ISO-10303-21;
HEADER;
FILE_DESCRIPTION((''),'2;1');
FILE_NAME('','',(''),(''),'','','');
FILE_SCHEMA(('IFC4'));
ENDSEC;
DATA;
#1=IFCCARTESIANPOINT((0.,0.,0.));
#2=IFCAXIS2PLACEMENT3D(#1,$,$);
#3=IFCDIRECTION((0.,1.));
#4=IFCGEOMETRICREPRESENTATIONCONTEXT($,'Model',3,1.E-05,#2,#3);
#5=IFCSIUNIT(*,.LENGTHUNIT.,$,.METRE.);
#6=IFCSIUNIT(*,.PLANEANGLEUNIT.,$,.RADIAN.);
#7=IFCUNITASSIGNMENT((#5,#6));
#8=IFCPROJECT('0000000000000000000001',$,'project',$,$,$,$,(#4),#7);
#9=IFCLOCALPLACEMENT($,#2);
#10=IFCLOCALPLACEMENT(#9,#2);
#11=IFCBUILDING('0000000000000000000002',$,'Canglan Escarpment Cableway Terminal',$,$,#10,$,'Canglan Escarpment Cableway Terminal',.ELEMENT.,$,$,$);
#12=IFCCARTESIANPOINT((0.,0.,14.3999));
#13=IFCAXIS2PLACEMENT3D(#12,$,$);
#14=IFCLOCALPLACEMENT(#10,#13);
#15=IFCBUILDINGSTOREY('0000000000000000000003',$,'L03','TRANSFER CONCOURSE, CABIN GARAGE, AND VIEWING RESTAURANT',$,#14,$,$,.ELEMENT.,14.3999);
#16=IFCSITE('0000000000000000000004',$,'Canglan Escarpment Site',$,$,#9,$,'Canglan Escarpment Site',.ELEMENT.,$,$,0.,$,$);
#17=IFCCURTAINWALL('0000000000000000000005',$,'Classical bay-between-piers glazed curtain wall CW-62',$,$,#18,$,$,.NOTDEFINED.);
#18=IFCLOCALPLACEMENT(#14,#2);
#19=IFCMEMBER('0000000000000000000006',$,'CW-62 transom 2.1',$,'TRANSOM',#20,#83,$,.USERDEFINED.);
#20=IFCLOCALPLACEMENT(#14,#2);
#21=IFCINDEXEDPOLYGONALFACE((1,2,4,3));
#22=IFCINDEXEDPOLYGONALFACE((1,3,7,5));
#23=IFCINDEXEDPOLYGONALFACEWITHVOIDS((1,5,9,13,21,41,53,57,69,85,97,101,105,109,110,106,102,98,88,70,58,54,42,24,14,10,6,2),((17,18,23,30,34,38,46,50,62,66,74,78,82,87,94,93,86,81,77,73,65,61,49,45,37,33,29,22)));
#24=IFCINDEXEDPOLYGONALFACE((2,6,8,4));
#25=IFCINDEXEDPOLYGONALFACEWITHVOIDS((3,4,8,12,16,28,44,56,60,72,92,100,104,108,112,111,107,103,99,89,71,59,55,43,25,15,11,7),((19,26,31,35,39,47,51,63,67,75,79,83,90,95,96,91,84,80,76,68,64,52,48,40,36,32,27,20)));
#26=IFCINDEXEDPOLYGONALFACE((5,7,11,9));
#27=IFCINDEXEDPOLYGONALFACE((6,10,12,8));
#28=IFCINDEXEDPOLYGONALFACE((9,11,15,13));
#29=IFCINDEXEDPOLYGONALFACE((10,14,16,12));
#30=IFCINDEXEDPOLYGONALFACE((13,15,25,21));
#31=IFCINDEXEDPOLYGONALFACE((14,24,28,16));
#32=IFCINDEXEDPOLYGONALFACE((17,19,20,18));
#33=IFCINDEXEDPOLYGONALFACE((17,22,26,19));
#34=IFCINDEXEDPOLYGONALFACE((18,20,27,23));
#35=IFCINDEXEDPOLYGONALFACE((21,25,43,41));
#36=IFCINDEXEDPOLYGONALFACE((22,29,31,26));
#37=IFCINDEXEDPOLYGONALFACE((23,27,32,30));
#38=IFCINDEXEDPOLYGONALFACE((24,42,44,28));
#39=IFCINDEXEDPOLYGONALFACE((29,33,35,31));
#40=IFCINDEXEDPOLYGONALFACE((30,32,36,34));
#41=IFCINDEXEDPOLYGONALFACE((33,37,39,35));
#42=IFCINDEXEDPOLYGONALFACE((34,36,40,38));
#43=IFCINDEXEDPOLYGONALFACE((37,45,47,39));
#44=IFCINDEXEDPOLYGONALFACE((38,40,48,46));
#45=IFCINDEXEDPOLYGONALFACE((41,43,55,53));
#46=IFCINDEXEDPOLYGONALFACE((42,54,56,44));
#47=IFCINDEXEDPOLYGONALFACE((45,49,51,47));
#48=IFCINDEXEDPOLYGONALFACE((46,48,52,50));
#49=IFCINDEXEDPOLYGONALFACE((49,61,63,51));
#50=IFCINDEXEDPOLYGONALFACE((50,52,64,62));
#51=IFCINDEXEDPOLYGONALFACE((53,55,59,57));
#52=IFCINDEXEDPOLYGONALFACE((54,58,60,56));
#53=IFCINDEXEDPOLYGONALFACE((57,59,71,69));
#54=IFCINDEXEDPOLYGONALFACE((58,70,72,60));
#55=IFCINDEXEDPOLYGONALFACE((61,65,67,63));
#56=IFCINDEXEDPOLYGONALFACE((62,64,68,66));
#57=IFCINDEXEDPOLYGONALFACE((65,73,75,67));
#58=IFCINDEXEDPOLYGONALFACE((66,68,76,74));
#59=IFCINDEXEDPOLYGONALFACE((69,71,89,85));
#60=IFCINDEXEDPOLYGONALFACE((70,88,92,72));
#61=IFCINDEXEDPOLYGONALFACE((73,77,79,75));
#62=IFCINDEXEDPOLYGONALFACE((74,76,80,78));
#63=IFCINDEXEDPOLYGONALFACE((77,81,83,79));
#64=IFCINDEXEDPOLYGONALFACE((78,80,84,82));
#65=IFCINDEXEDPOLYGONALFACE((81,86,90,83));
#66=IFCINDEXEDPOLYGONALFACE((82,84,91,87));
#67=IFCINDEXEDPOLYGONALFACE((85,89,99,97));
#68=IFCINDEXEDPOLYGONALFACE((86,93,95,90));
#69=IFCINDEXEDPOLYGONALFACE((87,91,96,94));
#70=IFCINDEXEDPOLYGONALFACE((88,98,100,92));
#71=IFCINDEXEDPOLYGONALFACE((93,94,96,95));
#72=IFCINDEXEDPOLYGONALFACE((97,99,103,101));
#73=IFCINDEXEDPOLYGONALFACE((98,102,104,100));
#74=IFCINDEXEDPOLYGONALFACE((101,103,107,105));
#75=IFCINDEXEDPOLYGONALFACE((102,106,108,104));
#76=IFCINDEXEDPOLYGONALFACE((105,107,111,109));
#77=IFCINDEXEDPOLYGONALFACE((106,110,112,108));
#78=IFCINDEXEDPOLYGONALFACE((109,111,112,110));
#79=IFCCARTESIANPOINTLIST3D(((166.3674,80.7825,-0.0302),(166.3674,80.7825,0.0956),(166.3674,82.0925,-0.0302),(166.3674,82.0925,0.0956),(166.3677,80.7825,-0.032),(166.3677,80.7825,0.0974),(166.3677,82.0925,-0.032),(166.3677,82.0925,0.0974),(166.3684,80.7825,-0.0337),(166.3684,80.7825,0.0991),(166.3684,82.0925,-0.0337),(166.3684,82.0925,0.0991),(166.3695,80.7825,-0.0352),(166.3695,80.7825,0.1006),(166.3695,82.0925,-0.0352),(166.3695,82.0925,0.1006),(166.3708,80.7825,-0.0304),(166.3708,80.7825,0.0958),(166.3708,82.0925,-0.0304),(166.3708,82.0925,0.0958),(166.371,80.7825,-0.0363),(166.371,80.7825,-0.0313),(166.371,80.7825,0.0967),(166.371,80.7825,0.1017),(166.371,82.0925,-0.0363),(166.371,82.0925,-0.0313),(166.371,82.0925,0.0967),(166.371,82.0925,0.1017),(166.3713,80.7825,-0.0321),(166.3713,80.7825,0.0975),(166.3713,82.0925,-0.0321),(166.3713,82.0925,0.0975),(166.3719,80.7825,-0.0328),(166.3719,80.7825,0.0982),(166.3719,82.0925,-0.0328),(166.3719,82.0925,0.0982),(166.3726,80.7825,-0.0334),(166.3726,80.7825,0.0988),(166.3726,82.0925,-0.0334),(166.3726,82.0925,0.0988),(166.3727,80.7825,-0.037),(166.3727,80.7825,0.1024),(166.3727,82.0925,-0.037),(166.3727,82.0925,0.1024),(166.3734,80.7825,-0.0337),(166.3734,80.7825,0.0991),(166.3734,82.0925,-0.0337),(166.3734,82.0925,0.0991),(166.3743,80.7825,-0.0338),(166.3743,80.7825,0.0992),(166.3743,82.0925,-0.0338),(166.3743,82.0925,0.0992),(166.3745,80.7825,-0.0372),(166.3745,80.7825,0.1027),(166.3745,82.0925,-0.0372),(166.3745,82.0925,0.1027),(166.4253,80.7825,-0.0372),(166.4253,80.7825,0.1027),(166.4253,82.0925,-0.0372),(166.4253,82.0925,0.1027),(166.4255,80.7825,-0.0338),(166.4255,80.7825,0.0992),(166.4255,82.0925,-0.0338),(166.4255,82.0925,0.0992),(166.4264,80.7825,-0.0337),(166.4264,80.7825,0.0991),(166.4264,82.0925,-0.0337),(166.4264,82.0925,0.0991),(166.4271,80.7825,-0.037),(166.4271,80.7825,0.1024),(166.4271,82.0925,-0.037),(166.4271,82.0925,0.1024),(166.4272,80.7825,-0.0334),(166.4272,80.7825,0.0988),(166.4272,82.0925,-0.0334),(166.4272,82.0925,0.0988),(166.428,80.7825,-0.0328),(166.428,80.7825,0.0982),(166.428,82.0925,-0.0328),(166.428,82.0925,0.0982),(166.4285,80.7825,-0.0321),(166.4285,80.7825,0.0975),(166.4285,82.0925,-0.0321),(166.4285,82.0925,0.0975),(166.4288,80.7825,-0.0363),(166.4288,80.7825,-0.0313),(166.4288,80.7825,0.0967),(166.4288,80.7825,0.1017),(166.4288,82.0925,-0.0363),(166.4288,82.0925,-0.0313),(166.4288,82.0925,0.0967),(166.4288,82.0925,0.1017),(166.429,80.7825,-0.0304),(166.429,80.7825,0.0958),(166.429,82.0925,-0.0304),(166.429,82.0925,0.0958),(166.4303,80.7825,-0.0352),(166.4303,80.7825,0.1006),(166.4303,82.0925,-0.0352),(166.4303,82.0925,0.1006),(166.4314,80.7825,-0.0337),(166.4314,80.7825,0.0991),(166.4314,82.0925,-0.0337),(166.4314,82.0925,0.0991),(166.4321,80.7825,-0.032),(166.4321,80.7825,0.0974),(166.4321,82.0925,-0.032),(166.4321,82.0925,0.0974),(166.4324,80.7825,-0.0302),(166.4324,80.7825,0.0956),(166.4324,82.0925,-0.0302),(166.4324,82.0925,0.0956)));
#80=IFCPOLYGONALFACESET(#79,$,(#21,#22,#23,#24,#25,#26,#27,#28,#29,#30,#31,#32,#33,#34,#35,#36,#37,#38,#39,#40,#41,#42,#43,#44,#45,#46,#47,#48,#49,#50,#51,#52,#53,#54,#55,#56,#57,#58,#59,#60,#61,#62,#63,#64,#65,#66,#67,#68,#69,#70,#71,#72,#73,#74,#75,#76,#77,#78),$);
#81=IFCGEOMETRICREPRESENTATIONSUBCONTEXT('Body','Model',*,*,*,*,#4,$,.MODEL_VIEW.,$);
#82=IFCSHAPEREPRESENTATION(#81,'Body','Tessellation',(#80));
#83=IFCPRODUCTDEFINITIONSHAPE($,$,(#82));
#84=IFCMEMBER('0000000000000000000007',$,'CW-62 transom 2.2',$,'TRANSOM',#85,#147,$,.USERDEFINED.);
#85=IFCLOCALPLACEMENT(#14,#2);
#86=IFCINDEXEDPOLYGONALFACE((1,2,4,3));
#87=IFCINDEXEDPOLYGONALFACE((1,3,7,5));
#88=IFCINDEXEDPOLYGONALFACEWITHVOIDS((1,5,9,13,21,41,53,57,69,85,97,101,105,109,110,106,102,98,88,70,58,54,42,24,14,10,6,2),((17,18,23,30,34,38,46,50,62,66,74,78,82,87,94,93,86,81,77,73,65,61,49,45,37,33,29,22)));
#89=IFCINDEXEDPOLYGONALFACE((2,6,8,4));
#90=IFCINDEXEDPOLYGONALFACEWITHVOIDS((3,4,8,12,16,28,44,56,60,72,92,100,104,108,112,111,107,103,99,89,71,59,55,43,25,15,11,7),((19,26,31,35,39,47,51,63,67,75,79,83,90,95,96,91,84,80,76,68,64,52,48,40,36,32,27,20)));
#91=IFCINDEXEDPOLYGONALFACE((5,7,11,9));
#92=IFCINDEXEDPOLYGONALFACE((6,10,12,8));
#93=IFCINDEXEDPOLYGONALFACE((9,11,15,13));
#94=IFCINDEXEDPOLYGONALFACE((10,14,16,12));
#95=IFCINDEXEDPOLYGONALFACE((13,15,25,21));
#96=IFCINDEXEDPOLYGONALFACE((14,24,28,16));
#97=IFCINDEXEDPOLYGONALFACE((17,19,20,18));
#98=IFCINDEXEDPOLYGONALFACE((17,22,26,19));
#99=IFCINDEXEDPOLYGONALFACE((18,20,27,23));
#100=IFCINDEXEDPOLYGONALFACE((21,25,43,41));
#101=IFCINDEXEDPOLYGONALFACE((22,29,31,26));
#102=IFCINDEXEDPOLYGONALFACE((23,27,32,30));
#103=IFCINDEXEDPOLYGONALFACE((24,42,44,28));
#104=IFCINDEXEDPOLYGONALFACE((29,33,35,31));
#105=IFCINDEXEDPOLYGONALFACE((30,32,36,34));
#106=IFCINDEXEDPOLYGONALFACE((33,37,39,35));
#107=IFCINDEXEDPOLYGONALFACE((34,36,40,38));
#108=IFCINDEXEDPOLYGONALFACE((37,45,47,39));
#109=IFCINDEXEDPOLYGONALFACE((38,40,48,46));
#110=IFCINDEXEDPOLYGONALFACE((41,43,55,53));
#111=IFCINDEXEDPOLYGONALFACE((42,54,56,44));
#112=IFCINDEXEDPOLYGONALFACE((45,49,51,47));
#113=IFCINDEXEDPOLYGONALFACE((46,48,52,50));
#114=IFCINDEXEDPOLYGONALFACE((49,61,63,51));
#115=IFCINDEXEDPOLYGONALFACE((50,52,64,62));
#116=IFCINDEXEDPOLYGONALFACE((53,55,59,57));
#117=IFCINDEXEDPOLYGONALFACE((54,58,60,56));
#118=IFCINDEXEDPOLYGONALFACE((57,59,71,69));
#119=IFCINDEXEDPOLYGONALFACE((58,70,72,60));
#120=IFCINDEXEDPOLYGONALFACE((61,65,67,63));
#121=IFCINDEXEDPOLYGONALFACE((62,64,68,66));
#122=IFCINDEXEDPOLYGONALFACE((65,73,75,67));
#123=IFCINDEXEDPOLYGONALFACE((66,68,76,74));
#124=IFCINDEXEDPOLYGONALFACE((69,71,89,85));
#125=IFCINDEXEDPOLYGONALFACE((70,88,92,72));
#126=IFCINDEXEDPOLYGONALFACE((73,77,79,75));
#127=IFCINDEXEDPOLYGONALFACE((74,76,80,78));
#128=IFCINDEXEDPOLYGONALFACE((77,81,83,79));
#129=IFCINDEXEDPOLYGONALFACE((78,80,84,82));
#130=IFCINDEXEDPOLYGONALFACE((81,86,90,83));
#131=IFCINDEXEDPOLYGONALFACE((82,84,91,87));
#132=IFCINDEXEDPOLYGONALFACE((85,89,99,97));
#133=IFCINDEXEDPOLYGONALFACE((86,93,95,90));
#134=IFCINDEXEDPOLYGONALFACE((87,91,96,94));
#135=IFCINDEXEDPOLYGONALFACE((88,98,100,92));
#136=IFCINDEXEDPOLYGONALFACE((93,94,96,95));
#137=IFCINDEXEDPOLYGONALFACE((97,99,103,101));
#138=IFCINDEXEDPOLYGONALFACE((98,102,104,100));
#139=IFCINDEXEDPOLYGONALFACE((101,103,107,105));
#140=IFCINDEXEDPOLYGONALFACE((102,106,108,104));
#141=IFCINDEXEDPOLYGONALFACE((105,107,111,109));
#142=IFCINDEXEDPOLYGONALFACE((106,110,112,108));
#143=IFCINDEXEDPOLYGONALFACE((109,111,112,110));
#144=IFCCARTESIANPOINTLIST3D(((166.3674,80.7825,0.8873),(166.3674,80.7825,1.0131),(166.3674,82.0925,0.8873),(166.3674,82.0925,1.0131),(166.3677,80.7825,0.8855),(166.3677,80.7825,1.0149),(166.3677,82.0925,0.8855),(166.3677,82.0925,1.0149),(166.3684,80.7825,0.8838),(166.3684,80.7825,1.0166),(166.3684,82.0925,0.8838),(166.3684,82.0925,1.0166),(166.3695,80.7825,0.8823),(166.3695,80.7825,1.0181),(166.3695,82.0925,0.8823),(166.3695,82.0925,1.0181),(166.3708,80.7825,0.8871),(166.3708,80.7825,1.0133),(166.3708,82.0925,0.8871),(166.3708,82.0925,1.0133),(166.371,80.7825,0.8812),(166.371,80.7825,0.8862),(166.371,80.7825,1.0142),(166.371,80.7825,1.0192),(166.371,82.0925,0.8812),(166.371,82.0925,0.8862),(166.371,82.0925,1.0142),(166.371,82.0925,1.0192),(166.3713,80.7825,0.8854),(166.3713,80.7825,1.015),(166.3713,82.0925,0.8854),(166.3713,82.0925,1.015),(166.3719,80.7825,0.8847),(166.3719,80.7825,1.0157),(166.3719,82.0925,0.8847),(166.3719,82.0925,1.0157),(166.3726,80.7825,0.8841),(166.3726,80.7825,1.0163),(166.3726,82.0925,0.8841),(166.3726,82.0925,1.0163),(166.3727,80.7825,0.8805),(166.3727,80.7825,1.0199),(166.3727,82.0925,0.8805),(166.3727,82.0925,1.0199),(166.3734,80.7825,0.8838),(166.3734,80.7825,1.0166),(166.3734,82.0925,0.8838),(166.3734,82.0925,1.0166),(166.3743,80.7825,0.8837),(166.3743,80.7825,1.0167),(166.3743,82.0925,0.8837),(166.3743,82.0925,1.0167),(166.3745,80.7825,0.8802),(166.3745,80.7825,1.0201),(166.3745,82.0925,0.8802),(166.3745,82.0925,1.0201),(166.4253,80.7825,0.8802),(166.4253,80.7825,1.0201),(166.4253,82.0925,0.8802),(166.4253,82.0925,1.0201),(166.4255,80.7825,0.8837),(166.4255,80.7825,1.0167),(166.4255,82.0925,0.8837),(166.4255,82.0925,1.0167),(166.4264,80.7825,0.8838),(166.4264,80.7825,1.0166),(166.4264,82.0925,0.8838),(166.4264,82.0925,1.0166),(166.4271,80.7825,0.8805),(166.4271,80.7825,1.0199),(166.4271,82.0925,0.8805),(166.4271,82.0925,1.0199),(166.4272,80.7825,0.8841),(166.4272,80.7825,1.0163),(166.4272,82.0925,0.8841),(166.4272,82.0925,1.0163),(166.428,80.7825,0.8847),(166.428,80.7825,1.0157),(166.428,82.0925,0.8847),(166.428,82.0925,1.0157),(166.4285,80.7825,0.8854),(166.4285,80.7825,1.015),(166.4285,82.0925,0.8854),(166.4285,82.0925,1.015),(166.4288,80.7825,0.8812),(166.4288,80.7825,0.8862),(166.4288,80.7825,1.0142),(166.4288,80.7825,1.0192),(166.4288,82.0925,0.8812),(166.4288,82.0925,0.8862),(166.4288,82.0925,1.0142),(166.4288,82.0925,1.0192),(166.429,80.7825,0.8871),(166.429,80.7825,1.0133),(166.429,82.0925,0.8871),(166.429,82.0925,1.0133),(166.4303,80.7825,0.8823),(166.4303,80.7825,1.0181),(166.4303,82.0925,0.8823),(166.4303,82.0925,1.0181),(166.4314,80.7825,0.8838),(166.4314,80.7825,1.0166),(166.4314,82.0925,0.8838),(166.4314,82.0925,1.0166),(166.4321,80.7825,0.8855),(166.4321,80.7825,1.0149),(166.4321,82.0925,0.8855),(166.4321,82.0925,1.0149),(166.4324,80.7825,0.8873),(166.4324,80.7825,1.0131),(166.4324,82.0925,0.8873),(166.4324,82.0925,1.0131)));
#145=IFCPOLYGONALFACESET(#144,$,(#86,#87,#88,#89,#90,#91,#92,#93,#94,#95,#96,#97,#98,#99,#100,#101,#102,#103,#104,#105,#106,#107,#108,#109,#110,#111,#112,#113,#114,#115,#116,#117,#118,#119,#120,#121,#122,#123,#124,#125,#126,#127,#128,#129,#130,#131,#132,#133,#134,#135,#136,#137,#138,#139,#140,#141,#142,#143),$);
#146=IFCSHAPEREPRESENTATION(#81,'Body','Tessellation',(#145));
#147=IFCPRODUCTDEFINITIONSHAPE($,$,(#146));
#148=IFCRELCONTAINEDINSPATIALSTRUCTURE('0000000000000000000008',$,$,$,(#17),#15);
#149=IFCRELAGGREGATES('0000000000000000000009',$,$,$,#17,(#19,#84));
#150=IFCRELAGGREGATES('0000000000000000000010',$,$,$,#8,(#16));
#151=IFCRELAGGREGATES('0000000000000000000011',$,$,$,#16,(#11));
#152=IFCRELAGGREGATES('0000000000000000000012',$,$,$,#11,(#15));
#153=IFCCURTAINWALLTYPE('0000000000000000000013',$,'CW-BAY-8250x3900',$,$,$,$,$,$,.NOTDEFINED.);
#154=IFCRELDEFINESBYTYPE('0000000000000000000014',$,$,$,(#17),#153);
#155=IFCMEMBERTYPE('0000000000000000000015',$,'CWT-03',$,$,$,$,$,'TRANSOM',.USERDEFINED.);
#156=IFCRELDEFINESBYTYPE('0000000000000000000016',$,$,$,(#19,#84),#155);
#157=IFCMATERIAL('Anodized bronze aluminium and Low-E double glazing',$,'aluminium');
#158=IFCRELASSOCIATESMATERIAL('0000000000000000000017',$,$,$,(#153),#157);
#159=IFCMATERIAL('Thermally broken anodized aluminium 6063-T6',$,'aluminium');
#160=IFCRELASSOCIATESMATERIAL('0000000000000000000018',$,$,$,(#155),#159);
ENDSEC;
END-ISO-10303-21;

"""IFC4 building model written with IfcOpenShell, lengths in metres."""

from ifc_helpers import new_model, si_unit, direction, frame, origin, origin_2d, place, context, subcontext, project, spatial, hollow_rectangle, extrude, material, material_profile, profile_set, type_object, element, aggregate, save


model = new_model("IFC4")

# Units and contexts
model_context = context("Model", 3, precision=1e-05, world=origin(), true_north=direction((0.0, 1.0)))
body_context = subcontext(model_context, "Body", "Model", "MODEL_VIEW")
ifc_project = project(units=[si_unit("LENGTHUNIT", "METRE"), si_unit("PLANEANGLEUNIT", "RADIAN")], contexts=[model_context])

# Site, building, storey
site_placement = place(None, origin())
site = spatial("IfcSite", under=ifc_project, at=site_placement, Name="Canglan Escarpment Site", LongName="Canglan Escarpment Site", CompositionType="ELEMENT", RefElevation=0.0)
building_placement = place(site_placement, origin())
building = spatial("IfcBuilding", under=site, at=building_placement, Name="Canglan Escarpment Cableway Terminal", LongName="Canglan Escarpment Cableway Terminal", CompositionType="ELEMENT")
storey_placement = place(building_placement, frame((0.0, 0.0, 14.3999)))
storey = spatial("IfcBuildingStorey", under=building, at=storey_placement, Name="L03", Description="TRANSFER CONCOURSE, CABIN GARAGE, AND VIEWING RESTAURANT", CompositionType="ELEMENT", Elevation=14.3999)

# Curtain wall, members
ifc_material_1 = material(Name="Anodized bronze aluminium and Low-E double glazing", Category="aluminium")
curtain_wall_type = type_object("IfcCurtainWallType", Name="CW-BAY-8250x3900", PredefinedType="NOTDEFINED", material=ifc_material_1)
curtain_wall_placement = place(storey_placement, origin())
curtain_wall = element("IfcCurtainWall", 1, at=curtain_wall_placement, inside=storey, type_object=curtain_wall_type, Name="Classical bay-between-piers glazed curtain wall CW-62", PredefinedType="NOTDEFINED")
ifc_material_2 = material(Name="Thermally broken anodized aluminium 6063-T6", Category="aluminium")
ifc_material_profile_1 = material_profile(ifc_material_2, hollow_rectangle(XDim=0.0649, YDim=0.1399, WallThickness=0.0034, InnerFilletRadius=0.0034, OuterFilletRadius=0.0071, at=origin_2d()), Name="ALU-TRAN 65x140x3.5")
ifc_profile_set_1 = profile_set([ifc_material_profile_1], Name="Thermally broken anodized aluminium 6063-T6")
member_type_1 = type_object("IfcMemberType", Name="CWT-03", ElementType="TRANSOM", PredefinedType="USERDEFINED", material=ifc_profile_set_1)
member_1_placement = place(storey_placement, frame((166.3999, 80.7825, 0.0327), z_axis=(0.0, 1.0, 0.0), x_axis=(-1.0, 0.0, 0.0)))
member_1 = element("IfcMember", 2, at=member_1_placement, type_object=member_type_1, Name="CW-62 transom 2.1", ObjectType="TRANSOM", PredefinedType="USERDEFINED", context=body_context, shape_type="SweptSolid", body=[
    extrude(hollow_rectangle(XDim=0.0649, YDim=0.1399, WallThickness=0.0034, InnerFilletRadius=0.0034, OuterFilletRadius=0.0071, at=origin_2d()), origin(), (0.0, 0.0, 1.0), 1.3101),
])
member_2_placement = place(storey_placement, frame((166.3999, 80.7825, 0.9502), z_axis=(0.0, 1.0, 0.0), x_axis=(-1.0, 0.0, 0.0)))
member_2 = element("IfcMember", 3, at=member_2_placement, type_object=member_type_1, Name="CW-62 transom 2.2", ObjectType="TRANSOM", PredefinedType="USERDEFINED", context=body_context, shape_type="SweptSolid", body=[
    extrude(hollow_rectangle(XDim=0.0649, YDim=0.1399, WallThickness=0.0034, InnerFilletRadius=0.0034, OuterFilletRadius=0.0071, at=origin_2d()), origin(), (0.0, 0.0, 1.0), 1.3101),
])
aggregate(curtain_wall, [member_1, member_2])

save(model, "model.ifc")
